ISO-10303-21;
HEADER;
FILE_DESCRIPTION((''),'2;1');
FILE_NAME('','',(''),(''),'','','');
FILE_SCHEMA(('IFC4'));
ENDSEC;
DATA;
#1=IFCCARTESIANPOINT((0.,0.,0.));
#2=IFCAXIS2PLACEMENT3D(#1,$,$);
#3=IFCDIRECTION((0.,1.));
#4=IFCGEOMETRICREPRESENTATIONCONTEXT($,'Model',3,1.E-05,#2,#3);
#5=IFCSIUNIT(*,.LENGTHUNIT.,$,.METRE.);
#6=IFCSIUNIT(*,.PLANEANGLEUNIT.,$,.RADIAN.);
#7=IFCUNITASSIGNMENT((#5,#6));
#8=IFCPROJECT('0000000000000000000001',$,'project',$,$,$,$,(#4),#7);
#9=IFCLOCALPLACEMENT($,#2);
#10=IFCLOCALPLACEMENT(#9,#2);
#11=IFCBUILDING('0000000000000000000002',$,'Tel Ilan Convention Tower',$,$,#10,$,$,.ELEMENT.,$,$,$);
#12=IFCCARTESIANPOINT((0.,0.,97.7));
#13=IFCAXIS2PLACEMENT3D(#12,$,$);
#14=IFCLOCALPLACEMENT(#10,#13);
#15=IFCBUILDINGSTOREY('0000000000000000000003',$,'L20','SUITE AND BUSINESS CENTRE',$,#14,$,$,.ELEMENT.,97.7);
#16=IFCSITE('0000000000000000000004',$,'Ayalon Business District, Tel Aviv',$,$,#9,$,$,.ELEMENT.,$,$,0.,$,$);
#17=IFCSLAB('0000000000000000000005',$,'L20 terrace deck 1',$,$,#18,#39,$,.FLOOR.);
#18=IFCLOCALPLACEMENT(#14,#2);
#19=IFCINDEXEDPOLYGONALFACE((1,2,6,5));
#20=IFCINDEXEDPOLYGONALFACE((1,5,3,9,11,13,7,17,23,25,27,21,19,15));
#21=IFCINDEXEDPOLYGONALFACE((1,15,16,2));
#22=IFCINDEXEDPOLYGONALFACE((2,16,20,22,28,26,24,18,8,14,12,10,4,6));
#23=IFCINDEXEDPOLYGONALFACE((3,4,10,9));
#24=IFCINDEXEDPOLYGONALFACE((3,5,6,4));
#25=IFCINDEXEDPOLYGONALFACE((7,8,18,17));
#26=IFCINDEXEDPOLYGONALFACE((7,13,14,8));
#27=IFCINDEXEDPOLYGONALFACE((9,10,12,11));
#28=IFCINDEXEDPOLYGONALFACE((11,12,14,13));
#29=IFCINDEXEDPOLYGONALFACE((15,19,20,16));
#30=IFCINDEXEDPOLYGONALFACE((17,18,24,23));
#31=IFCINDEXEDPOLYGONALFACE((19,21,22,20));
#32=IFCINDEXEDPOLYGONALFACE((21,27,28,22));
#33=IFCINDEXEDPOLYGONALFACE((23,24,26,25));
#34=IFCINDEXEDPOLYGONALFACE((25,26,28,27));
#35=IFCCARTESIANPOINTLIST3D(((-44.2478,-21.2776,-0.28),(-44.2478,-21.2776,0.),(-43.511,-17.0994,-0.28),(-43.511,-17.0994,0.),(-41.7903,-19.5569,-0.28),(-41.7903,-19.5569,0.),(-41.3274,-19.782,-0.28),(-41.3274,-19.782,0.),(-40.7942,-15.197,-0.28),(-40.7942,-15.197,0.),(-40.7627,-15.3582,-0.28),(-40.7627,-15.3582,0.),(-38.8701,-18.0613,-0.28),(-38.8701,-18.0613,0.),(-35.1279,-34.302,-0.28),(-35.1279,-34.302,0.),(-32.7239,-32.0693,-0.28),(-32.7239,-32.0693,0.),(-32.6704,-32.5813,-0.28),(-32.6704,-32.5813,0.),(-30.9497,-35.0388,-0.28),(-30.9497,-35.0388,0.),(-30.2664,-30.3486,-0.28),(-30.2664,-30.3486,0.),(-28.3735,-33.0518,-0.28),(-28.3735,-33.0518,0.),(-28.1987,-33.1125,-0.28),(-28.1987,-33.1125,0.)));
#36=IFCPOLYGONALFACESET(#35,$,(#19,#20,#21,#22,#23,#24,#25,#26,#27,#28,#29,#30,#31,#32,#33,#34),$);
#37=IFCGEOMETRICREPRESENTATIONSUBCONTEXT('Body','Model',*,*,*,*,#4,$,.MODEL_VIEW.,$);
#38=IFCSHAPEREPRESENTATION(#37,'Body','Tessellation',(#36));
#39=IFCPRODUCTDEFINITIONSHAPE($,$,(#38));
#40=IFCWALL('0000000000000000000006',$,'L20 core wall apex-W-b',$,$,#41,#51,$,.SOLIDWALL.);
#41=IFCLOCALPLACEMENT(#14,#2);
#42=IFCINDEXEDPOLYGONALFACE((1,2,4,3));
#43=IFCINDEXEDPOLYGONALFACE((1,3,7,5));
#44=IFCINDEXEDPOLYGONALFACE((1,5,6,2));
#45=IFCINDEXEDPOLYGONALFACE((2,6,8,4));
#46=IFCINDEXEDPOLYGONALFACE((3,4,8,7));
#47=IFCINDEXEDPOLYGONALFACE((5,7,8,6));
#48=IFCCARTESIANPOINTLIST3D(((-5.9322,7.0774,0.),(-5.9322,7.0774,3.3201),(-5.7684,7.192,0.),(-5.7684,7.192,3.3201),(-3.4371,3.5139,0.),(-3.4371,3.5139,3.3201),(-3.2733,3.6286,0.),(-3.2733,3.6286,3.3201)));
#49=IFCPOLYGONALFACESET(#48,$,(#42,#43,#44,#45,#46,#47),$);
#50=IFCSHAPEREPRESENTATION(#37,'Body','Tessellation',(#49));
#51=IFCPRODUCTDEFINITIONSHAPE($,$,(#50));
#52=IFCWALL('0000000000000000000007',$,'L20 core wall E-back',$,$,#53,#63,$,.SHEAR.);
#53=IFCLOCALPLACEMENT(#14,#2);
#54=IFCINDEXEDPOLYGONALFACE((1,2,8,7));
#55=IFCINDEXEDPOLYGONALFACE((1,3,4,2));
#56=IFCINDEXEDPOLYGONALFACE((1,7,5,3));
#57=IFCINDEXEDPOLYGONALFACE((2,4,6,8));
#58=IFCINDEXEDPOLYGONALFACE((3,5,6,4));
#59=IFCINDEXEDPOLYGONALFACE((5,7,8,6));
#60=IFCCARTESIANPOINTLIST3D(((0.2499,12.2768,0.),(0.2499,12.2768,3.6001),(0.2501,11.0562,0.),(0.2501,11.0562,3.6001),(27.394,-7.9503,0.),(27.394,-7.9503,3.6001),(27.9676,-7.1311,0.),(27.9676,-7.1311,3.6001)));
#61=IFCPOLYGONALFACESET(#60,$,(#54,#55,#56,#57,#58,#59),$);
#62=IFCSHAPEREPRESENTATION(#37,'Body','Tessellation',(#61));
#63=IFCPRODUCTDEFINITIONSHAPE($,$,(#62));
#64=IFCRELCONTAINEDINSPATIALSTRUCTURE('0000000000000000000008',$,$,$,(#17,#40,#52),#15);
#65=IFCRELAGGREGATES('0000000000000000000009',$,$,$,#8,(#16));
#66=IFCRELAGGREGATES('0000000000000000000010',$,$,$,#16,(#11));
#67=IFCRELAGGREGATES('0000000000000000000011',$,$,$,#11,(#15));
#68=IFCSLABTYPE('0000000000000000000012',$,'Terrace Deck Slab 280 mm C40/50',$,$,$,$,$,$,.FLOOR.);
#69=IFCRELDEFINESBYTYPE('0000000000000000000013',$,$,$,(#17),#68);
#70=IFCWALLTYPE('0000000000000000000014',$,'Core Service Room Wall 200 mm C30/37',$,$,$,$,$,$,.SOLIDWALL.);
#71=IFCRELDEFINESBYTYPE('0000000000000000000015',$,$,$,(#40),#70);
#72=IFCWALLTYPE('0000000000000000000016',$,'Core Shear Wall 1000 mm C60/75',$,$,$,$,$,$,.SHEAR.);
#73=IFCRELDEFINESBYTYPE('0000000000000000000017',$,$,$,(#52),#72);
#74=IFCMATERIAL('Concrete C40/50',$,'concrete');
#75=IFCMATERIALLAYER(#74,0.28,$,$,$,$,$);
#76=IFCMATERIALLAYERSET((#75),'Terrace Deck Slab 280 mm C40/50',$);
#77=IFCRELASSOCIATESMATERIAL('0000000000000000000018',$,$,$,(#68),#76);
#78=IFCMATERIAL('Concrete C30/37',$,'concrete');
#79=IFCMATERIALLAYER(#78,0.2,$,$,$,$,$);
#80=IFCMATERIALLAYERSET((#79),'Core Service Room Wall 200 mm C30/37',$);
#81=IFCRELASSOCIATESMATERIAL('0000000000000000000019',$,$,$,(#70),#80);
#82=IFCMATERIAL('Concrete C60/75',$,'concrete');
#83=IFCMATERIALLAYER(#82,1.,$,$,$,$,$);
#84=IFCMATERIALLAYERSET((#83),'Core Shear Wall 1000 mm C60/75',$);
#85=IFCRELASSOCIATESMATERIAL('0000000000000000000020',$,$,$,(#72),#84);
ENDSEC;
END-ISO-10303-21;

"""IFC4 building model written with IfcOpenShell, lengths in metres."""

from ifc_helpers import new_model, si_unit, direction, frame, frame_2d, origin, place, context, subcontext, project, spatial, polyline, rectangle, outline, extrude, material, layer, layer_set, type_object, element, save


model = new_model("IFC4")

# Units and contexts
model_context = context("Model", 3, precision=1e-05, world=origin(), true_north=direction((0.0, 1.0)))
body_context = subcontext(model_context, "Body", "Model", "MODEL_VIEW")
ifc_project = project(units=[si_unit("LENGTHUNIT", "METRE"), si_unit("PLANEANGLEUNIT", "RADIAN")], contexts=[model_context])

# Site, building, storey
site_placement = place(None, origin())
site = spatial("IfcSite", under=ifc_project, at=site_placement, Name="Ayalon Business District, Tel Aviv", CompositionType="ELEMENT", RefElevation=0.0)
building_placement = place(site_placement, origin())
building = spatial("IfcBuilding", under=site, at=building_placement, Name="Tel Ilan Convention Tower", CompositionType="ELEMENT")
storey_placement = place(building_placement, frame((0.0, 0.0, 97.7)))
storey = spatial("IfcBuildingStorey", under=building, at=storey_placement, Name="L20", Description="SUITE AND BUSINESS CENTRE", CompositionType="ELEMENT", Elevation=97.7)

# Slab
ifc_material_1 = material(Name="Concrete C40/50", Category="concrete")
ifc_layer_1 = layer(ifc_material_1, 0.28)
ifc_layer_set_1 = layer_set([ifc_layer_1], Name="Terrace Deck Slab 280 mm C40/50")
slab_type_1 = type_object("IfcSlabType", Name="Terrace Deck Slab 280 mm C40/50", PredefinedType="FLOOR", material=ifc_layer_set_1)
slab_1_placement = place(storey_placement, frame((0.0, 0.0, -0.28)))
element("IfcSlab", 1, at=slab_1_placement, inside=storey, type_object=slab_type_1, Name="L20 terrace deck 1", PredefinedType="FLOOR", context=body_context, shape_type="SweptSolid", body=[
    extrude(outline(polyline([(-35.1279, -34.302), (-44.2478, -21.2776), (-41.7903, -19.5569), (-43.511, -17.0994), (-40.7942, -15.197), (-40.7627, -15.3582), (-38.8701, -18.0613), (-41.3274, -19.782), (-32.7239, -32.0693), (-30.2664, -30.3486), (-28.3735, -33.0518), (-28.1987, -33.1125), (-30.9497, -35.0388), (-32.6704, -32.5813), (-35.1279, -34.302)])), origin(), (0.0, 0.0, 1.0), 0.28),
])

# Walls
ifc_material_2 = material(Name="Concrete C30/37", Category="concrete")
ifc_layer_2 = layer(ifc_material_2, 0.2)
ifc_layer_set_2 = layer_set([ifc_layer_2], Name="Core Service Room Wall 200 mm C30/37")
wall_type_1 = type_object("IfcWallType", Name="Core Service Room Wall 200 mm C30/37", PredefinedType="SOLIDWALL", material=ifc_layer_set_2)
wall_1_placement = place(storey_placement, frame((-3.3552, 3.5713, 0.0), z_axis=(0.0, 0.0, 1.0), x_axis=(-0.573568, 0.819158, 0.0)))
element("IfcWall", 2, at=wall_1_placement, inside=storey, type_object=wall_type_1, Name="L20 core wall apex-W-b", PredefinedType="SOLIDWALL", context=body_context, shape_type="SweptSolid", body=[
    extrude(rectangle(XDim=4.3501, YDim=0.2, at=frame_2d((2.175, 0.0))), origin(), (0.0, 0.0, 1.0), 3.3201),
])
ifc_material_3 = material(Name="Concrete C60/75", Category="concrete")
ifc_layer_3 = layer(ifc_material_3, 1.0)
ifc_layer_set_3 = layer_set([ifc_layer_3], Name="Core Shear Wall 1000 mm C60/75")
wall_type_2 = type_object("IfcWallType", Name="Core Shear Wall 1000 mm C60/75", PredefinedType="SHEAR", material=ifc_layer_set_3)
wall_2_placement = place(storey_placement, frame((-0.0369, 11.8672, 0.0), z_axis=(0.0, 0.0, 1.0), x_axis=(0.819155, -0.573572, 0.0)))
element("IfcWall", 3, at=wall_2_placement, inside=storey, type_object=wall_type_2, Name="L20 core wall E-back", PredefinedType="SHEAR", context=body_context, shape_type="SweptSolid", body=[
    extrude(outline(polyline([(33.8369, 0.5), (0.0, 0.5), (0.7002, -0.4998), (33.8369, -0.5), (33.8369, 0.5)])), origin(), (0.0, 0.0, 1.0), 3.6001),
])

save(model, "model.ifc")
